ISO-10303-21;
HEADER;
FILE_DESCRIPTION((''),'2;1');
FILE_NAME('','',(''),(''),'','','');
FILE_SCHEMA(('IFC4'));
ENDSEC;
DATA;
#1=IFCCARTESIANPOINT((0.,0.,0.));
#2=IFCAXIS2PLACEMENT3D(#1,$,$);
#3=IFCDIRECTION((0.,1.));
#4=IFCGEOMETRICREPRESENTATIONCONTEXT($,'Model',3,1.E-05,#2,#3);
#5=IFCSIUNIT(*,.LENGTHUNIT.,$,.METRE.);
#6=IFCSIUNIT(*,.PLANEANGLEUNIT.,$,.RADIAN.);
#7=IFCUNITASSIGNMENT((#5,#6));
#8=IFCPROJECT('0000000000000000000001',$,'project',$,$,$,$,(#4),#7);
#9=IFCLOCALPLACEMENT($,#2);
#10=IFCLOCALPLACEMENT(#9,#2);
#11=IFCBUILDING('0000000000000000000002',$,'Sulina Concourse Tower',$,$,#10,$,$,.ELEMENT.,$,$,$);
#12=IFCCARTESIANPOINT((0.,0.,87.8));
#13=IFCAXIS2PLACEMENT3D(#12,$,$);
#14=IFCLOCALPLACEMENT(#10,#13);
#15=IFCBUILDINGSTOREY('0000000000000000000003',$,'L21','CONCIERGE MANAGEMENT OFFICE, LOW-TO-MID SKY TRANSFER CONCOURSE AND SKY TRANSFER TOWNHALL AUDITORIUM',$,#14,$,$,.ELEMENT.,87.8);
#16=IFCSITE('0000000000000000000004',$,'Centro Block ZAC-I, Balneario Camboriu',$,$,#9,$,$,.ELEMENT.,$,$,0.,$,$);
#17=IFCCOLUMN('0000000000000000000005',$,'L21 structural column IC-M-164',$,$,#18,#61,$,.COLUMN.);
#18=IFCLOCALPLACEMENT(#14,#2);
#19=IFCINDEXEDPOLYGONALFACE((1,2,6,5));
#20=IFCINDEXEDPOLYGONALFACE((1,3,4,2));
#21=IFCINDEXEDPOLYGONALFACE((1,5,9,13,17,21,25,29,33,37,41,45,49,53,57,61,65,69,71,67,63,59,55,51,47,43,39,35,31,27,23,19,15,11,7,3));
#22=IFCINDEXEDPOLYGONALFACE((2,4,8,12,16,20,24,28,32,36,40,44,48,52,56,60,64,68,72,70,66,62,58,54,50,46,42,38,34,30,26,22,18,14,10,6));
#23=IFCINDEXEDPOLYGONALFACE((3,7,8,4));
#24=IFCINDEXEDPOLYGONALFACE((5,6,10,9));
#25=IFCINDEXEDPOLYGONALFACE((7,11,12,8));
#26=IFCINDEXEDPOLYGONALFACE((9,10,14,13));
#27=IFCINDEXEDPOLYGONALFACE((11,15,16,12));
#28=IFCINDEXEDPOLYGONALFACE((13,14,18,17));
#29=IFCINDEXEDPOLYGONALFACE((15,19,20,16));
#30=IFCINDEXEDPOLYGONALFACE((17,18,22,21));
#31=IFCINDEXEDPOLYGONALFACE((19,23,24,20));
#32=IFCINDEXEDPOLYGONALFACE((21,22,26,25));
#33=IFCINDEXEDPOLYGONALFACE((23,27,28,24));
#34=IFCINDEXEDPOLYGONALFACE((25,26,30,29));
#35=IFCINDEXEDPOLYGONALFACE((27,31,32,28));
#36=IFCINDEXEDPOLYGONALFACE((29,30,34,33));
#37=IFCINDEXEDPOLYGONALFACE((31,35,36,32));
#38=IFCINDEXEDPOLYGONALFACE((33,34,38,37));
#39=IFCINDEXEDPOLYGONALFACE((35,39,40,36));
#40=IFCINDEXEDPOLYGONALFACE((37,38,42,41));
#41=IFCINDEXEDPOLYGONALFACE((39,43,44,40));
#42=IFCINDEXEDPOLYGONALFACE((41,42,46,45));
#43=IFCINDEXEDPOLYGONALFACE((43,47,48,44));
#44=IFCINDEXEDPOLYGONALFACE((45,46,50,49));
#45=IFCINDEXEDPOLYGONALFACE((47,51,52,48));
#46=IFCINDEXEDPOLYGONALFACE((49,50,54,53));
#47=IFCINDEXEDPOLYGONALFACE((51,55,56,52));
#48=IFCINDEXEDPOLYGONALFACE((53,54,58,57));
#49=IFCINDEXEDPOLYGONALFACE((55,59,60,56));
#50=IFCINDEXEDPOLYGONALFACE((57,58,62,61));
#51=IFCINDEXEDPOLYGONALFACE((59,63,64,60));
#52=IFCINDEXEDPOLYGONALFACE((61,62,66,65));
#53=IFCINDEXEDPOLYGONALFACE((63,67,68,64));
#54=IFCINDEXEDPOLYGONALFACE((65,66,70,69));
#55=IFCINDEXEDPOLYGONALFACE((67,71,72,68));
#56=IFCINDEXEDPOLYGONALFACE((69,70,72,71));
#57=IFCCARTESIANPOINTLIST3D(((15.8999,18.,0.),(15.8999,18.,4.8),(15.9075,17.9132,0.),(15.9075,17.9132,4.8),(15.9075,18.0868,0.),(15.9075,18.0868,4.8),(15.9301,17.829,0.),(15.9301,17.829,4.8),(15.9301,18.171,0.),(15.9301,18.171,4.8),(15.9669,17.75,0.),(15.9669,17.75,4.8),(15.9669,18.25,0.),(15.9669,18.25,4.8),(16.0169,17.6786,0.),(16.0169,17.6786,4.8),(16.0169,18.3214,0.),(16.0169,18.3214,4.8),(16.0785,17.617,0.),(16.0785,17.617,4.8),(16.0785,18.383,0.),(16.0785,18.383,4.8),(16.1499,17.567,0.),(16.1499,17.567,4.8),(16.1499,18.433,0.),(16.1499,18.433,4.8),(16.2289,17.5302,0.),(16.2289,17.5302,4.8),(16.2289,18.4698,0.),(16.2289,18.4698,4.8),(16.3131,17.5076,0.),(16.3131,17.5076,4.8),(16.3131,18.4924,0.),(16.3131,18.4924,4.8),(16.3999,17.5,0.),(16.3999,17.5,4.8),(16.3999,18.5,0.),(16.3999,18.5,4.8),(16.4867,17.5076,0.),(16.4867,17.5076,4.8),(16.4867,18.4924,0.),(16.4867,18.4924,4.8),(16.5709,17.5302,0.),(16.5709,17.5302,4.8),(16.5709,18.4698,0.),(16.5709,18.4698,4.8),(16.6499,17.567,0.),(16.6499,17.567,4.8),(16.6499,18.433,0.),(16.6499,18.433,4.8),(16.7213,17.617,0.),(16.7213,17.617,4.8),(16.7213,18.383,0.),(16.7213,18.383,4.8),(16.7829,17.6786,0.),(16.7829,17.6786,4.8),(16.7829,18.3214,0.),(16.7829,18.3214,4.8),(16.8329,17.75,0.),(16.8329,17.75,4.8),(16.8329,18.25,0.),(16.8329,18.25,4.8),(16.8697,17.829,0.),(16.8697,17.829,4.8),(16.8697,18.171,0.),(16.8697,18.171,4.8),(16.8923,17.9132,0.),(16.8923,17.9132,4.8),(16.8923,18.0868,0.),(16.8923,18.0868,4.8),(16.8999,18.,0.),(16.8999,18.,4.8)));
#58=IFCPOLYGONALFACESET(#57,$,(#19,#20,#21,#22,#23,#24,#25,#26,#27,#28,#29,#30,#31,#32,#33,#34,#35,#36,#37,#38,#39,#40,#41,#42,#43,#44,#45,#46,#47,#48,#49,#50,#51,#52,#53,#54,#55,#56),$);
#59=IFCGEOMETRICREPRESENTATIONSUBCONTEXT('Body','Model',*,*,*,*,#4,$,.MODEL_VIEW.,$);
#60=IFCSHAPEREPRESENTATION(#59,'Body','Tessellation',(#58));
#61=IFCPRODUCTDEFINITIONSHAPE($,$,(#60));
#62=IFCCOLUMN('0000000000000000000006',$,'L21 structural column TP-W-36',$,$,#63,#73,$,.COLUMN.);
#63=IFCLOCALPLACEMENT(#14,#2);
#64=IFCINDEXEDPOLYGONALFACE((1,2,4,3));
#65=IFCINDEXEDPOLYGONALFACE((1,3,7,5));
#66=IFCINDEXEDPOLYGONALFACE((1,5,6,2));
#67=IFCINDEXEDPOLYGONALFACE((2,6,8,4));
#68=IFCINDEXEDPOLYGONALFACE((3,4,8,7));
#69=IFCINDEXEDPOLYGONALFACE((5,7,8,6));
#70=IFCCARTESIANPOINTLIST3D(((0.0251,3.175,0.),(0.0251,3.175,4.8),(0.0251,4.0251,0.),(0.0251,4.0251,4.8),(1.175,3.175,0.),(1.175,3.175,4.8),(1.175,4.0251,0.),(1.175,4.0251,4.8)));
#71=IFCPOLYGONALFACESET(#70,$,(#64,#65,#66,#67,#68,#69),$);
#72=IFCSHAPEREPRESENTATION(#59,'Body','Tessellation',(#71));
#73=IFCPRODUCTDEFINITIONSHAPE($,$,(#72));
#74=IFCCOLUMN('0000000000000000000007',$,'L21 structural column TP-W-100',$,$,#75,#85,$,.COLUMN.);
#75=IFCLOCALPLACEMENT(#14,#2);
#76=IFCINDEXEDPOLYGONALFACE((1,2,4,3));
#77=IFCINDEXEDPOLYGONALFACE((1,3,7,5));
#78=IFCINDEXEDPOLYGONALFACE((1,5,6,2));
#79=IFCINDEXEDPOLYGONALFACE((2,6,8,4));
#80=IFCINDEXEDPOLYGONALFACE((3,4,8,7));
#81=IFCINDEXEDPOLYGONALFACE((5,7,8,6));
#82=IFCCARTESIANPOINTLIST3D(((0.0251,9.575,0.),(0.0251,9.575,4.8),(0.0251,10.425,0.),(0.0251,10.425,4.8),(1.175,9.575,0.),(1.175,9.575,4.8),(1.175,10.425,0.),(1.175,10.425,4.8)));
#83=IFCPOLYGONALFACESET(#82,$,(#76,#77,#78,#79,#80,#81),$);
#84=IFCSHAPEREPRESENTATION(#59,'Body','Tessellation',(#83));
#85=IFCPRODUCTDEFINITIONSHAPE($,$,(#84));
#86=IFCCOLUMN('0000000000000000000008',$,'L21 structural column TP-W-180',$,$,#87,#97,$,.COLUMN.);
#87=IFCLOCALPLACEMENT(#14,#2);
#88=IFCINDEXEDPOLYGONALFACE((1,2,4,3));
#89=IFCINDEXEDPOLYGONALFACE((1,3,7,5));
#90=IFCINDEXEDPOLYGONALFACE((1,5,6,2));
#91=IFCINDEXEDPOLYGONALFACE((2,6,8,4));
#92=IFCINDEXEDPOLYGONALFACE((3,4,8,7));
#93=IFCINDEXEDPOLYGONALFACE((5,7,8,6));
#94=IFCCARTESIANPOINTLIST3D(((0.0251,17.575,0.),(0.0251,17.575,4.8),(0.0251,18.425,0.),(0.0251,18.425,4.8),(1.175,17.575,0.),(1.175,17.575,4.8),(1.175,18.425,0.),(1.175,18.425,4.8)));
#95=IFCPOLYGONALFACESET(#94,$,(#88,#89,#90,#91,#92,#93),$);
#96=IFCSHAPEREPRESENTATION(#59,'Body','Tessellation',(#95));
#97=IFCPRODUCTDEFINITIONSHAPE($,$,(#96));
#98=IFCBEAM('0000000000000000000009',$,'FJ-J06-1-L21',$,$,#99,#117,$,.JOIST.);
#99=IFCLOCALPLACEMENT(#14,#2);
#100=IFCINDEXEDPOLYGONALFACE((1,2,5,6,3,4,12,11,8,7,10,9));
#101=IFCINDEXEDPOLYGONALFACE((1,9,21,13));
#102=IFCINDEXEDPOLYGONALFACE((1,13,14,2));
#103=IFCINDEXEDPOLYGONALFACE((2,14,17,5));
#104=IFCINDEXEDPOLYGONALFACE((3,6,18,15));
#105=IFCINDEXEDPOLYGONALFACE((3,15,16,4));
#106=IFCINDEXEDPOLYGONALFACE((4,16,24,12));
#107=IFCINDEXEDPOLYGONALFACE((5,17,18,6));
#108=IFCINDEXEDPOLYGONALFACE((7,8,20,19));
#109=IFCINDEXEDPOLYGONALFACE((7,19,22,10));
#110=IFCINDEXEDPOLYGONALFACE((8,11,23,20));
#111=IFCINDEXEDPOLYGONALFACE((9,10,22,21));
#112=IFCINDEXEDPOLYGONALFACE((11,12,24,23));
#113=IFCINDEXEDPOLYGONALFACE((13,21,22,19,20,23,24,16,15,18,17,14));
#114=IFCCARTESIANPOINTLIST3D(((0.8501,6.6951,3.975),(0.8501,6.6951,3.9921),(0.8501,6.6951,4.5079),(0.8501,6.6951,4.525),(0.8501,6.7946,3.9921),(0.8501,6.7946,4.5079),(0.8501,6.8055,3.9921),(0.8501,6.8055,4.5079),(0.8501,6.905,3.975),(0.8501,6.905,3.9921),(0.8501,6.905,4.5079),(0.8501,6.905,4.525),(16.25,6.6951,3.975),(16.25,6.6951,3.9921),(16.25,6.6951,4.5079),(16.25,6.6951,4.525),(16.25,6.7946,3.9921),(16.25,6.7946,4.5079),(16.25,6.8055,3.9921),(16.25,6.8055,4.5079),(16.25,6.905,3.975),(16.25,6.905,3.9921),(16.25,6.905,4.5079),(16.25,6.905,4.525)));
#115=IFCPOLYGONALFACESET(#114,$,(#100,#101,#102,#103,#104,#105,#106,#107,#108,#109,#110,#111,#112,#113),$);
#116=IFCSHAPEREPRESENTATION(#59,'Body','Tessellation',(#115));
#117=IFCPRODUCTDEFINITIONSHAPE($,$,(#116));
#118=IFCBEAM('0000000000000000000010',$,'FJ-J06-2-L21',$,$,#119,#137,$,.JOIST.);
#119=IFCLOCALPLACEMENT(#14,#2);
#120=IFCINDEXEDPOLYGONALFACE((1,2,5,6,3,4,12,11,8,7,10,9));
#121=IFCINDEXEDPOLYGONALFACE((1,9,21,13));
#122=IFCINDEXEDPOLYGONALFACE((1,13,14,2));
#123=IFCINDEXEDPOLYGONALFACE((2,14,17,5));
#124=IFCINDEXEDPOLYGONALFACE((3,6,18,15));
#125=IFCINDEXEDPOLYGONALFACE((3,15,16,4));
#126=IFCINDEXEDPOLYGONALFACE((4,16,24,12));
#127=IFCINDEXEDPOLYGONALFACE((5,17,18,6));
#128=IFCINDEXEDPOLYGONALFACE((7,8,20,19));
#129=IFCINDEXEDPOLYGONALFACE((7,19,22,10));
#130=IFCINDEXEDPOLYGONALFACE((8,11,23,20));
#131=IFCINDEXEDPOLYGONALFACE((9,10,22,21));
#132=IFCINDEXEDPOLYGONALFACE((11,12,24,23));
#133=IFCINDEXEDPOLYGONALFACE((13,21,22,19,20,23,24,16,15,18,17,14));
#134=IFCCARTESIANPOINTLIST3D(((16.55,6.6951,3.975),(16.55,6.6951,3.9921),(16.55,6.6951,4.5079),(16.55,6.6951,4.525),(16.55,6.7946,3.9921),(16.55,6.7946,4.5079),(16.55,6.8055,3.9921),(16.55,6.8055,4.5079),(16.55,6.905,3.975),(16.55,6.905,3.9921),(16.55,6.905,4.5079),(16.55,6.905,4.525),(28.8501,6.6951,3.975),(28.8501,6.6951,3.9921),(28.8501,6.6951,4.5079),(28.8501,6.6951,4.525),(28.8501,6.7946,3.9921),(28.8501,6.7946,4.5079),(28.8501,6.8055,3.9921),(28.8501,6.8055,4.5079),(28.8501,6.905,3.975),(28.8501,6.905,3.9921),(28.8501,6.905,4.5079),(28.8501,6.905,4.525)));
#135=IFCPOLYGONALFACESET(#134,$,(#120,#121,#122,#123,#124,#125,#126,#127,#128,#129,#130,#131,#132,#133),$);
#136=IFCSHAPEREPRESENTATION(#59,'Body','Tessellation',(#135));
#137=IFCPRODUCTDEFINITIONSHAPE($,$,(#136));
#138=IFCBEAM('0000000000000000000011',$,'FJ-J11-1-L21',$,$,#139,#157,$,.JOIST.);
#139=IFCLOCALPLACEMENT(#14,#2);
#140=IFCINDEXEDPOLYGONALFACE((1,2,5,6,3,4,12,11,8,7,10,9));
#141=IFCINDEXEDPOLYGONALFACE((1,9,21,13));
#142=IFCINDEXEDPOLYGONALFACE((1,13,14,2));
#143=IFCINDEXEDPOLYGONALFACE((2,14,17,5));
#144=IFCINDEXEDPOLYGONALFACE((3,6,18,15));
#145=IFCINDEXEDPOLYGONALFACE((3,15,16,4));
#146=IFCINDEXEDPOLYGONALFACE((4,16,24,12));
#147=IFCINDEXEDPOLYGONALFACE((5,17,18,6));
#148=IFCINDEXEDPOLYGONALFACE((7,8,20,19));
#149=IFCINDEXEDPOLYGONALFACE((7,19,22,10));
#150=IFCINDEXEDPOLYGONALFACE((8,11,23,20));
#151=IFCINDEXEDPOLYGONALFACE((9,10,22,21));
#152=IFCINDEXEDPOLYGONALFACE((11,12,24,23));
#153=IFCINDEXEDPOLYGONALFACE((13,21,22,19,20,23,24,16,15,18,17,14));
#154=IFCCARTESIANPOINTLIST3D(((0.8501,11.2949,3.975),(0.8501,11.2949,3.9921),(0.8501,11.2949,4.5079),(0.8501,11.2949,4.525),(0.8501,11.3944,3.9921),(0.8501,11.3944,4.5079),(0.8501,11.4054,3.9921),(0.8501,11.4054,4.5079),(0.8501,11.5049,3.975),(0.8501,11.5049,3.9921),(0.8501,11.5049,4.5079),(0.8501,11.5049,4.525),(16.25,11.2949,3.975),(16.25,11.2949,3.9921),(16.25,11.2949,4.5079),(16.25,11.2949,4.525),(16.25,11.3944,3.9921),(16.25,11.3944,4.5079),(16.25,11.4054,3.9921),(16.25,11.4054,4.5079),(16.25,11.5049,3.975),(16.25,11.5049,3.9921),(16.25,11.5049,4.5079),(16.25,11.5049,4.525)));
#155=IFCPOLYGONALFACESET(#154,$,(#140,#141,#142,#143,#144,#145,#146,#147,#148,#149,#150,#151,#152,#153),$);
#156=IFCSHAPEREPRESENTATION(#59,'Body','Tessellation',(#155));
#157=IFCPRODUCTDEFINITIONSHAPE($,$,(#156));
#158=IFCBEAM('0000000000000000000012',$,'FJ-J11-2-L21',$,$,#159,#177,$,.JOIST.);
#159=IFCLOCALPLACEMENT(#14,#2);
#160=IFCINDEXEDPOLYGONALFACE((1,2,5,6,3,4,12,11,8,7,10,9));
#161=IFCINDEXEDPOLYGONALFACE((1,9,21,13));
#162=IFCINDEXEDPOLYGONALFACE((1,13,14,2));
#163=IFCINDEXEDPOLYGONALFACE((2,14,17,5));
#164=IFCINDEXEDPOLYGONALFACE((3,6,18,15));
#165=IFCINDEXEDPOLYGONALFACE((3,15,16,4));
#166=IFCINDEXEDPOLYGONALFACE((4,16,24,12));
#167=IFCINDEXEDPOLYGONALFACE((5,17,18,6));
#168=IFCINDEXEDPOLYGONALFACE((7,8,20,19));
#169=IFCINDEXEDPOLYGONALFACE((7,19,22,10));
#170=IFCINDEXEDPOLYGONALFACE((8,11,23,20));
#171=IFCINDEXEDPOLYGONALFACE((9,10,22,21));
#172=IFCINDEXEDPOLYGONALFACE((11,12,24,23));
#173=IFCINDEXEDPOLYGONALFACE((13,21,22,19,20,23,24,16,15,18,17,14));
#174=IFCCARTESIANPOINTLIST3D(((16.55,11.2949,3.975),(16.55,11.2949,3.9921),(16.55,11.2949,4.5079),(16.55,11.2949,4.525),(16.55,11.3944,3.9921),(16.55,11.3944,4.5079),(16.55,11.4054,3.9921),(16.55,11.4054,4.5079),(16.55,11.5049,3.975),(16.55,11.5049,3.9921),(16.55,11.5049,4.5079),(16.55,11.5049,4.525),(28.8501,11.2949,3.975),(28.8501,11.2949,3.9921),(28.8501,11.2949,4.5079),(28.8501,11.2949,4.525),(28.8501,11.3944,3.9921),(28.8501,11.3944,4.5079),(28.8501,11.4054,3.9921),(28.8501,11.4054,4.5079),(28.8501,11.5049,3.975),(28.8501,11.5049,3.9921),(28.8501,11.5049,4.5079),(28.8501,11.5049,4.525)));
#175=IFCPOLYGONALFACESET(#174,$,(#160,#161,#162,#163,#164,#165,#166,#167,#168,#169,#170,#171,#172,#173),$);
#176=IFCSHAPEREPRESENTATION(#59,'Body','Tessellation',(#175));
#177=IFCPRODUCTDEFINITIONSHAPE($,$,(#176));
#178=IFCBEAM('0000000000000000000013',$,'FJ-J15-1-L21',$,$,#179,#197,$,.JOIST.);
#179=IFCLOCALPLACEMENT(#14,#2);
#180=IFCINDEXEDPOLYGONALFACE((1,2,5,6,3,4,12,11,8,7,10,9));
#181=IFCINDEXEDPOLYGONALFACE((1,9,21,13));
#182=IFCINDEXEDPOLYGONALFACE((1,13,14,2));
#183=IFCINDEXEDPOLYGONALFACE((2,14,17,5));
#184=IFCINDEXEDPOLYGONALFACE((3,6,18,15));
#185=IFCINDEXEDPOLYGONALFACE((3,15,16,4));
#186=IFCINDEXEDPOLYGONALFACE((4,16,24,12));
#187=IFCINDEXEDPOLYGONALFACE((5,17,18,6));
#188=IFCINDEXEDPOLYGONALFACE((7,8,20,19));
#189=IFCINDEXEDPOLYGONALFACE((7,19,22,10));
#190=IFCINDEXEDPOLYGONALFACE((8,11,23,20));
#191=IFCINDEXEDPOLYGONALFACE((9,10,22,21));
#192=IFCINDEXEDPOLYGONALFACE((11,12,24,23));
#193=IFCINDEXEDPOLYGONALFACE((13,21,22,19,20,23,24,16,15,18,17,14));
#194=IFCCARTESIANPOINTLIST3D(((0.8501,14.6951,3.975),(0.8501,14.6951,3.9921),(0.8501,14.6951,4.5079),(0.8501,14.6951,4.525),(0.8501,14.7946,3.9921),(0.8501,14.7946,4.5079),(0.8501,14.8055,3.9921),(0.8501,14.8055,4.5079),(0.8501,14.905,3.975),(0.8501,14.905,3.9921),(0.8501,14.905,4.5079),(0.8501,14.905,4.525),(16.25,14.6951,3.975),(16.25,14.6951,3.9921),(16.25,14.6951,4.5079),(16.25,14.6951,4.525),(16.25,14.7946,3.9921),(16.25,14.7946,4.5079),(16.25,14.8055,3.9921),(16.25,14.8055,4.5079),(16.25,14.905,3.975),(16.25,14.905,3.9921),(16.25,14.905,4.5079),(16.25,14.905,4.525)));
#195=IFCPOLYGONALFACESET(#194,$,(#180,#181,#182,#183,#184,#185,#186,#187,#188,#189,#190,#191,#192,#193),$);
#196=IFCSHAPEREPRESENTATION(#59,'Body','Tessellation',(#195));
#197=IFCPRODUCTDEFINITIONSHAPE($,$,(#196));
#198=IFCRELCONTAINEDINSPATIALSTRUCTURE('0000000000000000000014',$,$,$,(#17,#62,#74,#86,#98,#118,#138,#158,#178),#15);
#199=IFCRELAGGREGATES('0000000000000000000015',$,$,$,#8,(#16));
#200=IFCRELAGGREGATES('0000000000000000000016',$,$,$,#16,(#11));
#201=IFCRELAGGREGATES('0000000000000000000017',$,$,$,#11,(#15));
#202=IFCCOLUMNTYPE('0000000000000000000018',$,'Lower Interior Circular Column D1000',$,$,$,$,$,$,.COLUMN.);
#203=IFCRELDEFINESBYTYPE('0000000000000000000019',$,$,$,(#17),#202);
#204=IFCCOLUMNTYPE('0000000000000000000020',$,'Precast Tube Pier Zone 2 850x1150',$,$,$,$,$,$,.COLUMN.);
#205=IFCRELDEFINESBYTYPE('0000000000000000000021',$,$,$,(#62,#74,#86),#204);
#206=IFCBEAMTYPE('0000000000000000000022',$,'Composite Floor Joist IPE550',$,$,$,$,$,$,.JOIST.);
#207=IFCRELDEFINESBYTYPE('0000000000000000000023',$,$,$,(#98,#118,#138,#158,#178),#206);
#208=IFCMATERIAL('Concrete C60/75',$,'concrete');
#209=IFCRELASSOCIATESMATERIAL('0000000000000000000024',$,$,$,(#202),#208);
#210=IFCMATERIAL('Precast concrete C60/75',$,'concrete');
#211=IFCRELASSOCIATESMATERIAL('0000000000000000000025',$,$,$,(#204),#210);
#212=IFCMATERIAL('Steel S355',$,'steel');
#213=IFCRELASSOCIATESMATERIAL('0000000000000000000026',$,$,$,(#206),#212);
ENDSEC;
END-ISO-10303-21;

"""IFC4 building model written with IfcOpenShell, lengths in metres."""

from ifc_helpers import new_model, si_unit, direction, frame, origin, origin_2d, place, context, subcontext, project, spatial, rectangle, circle, i_section, extrude, material, material_profile, profile_set, type_object, element, save


model = new_model("IFC4")

# Units and contexts
model_context = context("Model", 3, precision=1e-05, world=origin(), true_north=direction((0.0, 1.0)))
body_context = subcontext(model_context, "Body", "Model", "MODEL_VIEW")
ifc_project = project(units=[si_unit("LENGTHUNIT", "METRE"), si_unit("PLANEANGLEUNIT", "RADIAN")], contexts=[model_context])

# Site, building, storey
site_placement = place(None, origin())
site = spatial("IfcSite", under=ifc_project, at=site_placement, Name="Centro Block ZAC-I, Balneario Camboriu", CompositionType="ELEMENT", RefElevation=0.0)
building_placement = place(site_placement, origin())
building = spatial("IfcBuilding", under=site, at=building_placement, Name="Sulina Concourse Tower", CompositionType="ELEMENT")
storey_placement = place(building_placement, frame((0.0, 0.0, 87.8)))
storey = spatial("IfcBuildingStorey", under=building, at=storey_placement, Name="L21", Description="CONCIERGE MANAGEMENT OFFICE, LOW-TO-MID SKY TRANSFER CONCOURSE AND SKY TRANSFER TOWNHALL AUDITORIUM", CompositionType="ELEMENT", Elevation=87.8)

# Columns
ifc_material_1 = material(Name="Concrete C60/75", Category="concrete")
ifc_material_profile_1 = material_profile(ifc_material_1, circle(Radius=0.5, at=origin_2d()), Name="RC D1000")
ifc_profile_set_1 = profile_set([ifc_material_profile_1], Name="Concrete C60/75")
column_type_1 = type_object("IfcColumnType", Name="Lower Interior Circular Column D1000", PredefinedType="COLUMN", material=ifc_profile_set_1)
column_placement = place(storey_placement, frame((16.3999, 18.0, 0.0), z_axis=(0.0, 0.0, 1.0), x_axis=(1.0, 0.0, 0.0)))
element("IfcColumn", 1, at=column_placement, inside=storey, type_object=column_type_1, Name="L21 structural column IC-M-164", PredefinedType="COLUMN", context=body_context, shape_type="SweptSolid", body=[
    extrude(circle(Radius=0.5, at=origin_2d()), origin(), (0.0, 0.0, 1.0), 4.8),
])
ifc_material_2 = material(Name="Precast concrete C60/75", Category="concrete")
ifc_material_profile_2 = material_profile(ifc_material_2, rectangle(XDim=0.8501, YDim=1.1499, at=origin_2d()), Name="PC 850x1150")
ifc_profile_set_2 = profile_set([ifc_material_profile_2], Name="Precast concrete C60/75")
column_type_2 = type_object("IfcColumnType", Name="Precast Tube Pier Zone 2 850x1150", PredefinedType="COLUMN", material=ifc_profile_set_2)
for number, where, z_axis, x_axis, name in (
    (2, (0.6001, 3.6001, 0.0), (0.0, 0.0, 1.0), (0.0, 1.0, 0.0), "L21 structural column TP-W-36"),
    (3, (0.6001, 10.0, 0.0), (0.0, 0.0, 1.0), (0.0, 1.0, 0.0), "L21 structural column TP-W-100"),
    (4, (0.6001, 18.0, 0.0), (0.0, 0.0, 1.0), (0.0, 1.0, 0.0), "L21 structural column TP-W-180"),
):
    element("IfcColumn", number, at=place(storey_placement, frame(where, z_axis=z_axis, x_axis=x_axis)), inside=storey, type_object=column_type_2, Name=name, PredefinedType="COLUMN", context=body_context, shape_type="SweptSolid", body=[
        extrude(rectangle(XDim=0.8501, YDim=1.1499, at=origin_2d()), origin(), (0.0, 0.0, 1.0), 4.8),
    ])

# Beams
ifc_material_3 = material(Name="Steel S355", Category="steel")
ifc_material_profile_3 = material_profile(ifc_material_3, i_section(OverallWidth=0.21, OverallDepth=0.55, WebThickness=0.011, FlangeThickness=0.0171, at=origin_2d()), Name="IPE 550")
ifc_profile_set_3 = profile_set([ifc_material_profile_3], Name="Steel S355")
beam_type_1 = type_object("IfcBeamType", Name="Composite Floor Joist IPE550", PredefinedType="JOIST", material=ifc_profile_set_3)
beam_1_placement = place(storey_placement, frame((0.8501, 6.8, 4.25), z_axis=(1.0, 0.0, 0.0), x_axis=(0.0, 1.0, 0.0)))
element("IfcBeam", 5, at=beam_1_placement, inside=storey, type_object=beam_type_1, Name="FJ-J06-1-L21", PredefinedType="JOIST", context=body_context, shape_type="SweptSolid", body=[
    extrude(i_section(OverallWidth=0.21, OverallDepth=0.55, WebThickness=0.011, FlangeThickness=0.0171, at=origin_2d()), origin(), (0.0, 0.0, 1.0), 15.3999),
])
beam_2_placement = place(storey_placement, frame((16.55, 6.8, 4.25), z_axis=(1.0, 0.0, 0.0), x_axis=(0.0, 1.0, 0.0)))
element("IfcBeam", 6, at=beam_2_placement, inside=storey, type_object=beam_type_1, Name="FJ-J06-2-L21", PredefinedType="JOIST", context=body_context, shape_type="SweptSolid", body=[
    extrude(i_section(OverallWidth=0.21, OverallDepth=0.55, WebThickness=0.011, FlangeThickness=0.0171, at=origin_2d()), origin(), (0.0, 0.0, 1.0), 12.3),
])
beam_3_placement = place(storey_placement, frame((0.8501, 11.3999, 4.25), z_axis=(1.0, 0.0, 0.0), x_axis=(0.0, 1.0, 0.0)))
element("IfcBeam", 7, at=beam_3_placement, inside=storey, type_object=beam_type_1, Name="FJ-J11-1-L21", PredefinedType="JOIST", context=body_context, shape_type="SweptSolid", body=[
    extrude(i_section(OverallWidth=0.21, OverallDepth=0.55, WebThickness=0.011, FlangeThickness=0.0171, at=origin_2d()), origin(), (0.0, 0.0, 1.0), 15.3999),
])
beam_4_placement = place(storey_placement, frame((16.55, 11.3999, 4.25), z_axis=(1.0, 0.0, 0.0), x_axis=(0.0, 1.0, 0.0)))
element("IfcBeam", 8, at=beam_4_placement, inside=storey, type_object=beam_type_1, Name="FJ-J11-2-L21", PredefinedType="JOIST", context=body_context, shape_type="SweptSolid", body=[
    extrude(i_section(OverallWidth=0.21, OverallDepth=0.55, WebThickness=0.011, FlangeThickness=0.0171, at=origin_2d()), origin(), (0.0, 0.0, 1.0), 12.3),
])
beam_5_placement = place(storey_placement, frame((0.8501, 14.8, 4.25), z_axis=(1.0, 0.0, 0.0), x_axis=(0.0, 1.0, 0.0)))
element("IfcBeam", 9, at=beam_5_placement, inside=storey, type_object=beam_type_1, Name="FJ-J15-1-L21", PredefinedType="JOIST", context=body_context, shape_type="SweptSolid", body=[
    extrude(i_section(OverallWidth=0.21, OverallDepth=0.55, WebThickness=0.011, FlangeThickness=0.0171, at=origin_2d()), origin(), (0.0, 0.0, 1.0), 15.3999),
])

save(model, "model.ifc")
